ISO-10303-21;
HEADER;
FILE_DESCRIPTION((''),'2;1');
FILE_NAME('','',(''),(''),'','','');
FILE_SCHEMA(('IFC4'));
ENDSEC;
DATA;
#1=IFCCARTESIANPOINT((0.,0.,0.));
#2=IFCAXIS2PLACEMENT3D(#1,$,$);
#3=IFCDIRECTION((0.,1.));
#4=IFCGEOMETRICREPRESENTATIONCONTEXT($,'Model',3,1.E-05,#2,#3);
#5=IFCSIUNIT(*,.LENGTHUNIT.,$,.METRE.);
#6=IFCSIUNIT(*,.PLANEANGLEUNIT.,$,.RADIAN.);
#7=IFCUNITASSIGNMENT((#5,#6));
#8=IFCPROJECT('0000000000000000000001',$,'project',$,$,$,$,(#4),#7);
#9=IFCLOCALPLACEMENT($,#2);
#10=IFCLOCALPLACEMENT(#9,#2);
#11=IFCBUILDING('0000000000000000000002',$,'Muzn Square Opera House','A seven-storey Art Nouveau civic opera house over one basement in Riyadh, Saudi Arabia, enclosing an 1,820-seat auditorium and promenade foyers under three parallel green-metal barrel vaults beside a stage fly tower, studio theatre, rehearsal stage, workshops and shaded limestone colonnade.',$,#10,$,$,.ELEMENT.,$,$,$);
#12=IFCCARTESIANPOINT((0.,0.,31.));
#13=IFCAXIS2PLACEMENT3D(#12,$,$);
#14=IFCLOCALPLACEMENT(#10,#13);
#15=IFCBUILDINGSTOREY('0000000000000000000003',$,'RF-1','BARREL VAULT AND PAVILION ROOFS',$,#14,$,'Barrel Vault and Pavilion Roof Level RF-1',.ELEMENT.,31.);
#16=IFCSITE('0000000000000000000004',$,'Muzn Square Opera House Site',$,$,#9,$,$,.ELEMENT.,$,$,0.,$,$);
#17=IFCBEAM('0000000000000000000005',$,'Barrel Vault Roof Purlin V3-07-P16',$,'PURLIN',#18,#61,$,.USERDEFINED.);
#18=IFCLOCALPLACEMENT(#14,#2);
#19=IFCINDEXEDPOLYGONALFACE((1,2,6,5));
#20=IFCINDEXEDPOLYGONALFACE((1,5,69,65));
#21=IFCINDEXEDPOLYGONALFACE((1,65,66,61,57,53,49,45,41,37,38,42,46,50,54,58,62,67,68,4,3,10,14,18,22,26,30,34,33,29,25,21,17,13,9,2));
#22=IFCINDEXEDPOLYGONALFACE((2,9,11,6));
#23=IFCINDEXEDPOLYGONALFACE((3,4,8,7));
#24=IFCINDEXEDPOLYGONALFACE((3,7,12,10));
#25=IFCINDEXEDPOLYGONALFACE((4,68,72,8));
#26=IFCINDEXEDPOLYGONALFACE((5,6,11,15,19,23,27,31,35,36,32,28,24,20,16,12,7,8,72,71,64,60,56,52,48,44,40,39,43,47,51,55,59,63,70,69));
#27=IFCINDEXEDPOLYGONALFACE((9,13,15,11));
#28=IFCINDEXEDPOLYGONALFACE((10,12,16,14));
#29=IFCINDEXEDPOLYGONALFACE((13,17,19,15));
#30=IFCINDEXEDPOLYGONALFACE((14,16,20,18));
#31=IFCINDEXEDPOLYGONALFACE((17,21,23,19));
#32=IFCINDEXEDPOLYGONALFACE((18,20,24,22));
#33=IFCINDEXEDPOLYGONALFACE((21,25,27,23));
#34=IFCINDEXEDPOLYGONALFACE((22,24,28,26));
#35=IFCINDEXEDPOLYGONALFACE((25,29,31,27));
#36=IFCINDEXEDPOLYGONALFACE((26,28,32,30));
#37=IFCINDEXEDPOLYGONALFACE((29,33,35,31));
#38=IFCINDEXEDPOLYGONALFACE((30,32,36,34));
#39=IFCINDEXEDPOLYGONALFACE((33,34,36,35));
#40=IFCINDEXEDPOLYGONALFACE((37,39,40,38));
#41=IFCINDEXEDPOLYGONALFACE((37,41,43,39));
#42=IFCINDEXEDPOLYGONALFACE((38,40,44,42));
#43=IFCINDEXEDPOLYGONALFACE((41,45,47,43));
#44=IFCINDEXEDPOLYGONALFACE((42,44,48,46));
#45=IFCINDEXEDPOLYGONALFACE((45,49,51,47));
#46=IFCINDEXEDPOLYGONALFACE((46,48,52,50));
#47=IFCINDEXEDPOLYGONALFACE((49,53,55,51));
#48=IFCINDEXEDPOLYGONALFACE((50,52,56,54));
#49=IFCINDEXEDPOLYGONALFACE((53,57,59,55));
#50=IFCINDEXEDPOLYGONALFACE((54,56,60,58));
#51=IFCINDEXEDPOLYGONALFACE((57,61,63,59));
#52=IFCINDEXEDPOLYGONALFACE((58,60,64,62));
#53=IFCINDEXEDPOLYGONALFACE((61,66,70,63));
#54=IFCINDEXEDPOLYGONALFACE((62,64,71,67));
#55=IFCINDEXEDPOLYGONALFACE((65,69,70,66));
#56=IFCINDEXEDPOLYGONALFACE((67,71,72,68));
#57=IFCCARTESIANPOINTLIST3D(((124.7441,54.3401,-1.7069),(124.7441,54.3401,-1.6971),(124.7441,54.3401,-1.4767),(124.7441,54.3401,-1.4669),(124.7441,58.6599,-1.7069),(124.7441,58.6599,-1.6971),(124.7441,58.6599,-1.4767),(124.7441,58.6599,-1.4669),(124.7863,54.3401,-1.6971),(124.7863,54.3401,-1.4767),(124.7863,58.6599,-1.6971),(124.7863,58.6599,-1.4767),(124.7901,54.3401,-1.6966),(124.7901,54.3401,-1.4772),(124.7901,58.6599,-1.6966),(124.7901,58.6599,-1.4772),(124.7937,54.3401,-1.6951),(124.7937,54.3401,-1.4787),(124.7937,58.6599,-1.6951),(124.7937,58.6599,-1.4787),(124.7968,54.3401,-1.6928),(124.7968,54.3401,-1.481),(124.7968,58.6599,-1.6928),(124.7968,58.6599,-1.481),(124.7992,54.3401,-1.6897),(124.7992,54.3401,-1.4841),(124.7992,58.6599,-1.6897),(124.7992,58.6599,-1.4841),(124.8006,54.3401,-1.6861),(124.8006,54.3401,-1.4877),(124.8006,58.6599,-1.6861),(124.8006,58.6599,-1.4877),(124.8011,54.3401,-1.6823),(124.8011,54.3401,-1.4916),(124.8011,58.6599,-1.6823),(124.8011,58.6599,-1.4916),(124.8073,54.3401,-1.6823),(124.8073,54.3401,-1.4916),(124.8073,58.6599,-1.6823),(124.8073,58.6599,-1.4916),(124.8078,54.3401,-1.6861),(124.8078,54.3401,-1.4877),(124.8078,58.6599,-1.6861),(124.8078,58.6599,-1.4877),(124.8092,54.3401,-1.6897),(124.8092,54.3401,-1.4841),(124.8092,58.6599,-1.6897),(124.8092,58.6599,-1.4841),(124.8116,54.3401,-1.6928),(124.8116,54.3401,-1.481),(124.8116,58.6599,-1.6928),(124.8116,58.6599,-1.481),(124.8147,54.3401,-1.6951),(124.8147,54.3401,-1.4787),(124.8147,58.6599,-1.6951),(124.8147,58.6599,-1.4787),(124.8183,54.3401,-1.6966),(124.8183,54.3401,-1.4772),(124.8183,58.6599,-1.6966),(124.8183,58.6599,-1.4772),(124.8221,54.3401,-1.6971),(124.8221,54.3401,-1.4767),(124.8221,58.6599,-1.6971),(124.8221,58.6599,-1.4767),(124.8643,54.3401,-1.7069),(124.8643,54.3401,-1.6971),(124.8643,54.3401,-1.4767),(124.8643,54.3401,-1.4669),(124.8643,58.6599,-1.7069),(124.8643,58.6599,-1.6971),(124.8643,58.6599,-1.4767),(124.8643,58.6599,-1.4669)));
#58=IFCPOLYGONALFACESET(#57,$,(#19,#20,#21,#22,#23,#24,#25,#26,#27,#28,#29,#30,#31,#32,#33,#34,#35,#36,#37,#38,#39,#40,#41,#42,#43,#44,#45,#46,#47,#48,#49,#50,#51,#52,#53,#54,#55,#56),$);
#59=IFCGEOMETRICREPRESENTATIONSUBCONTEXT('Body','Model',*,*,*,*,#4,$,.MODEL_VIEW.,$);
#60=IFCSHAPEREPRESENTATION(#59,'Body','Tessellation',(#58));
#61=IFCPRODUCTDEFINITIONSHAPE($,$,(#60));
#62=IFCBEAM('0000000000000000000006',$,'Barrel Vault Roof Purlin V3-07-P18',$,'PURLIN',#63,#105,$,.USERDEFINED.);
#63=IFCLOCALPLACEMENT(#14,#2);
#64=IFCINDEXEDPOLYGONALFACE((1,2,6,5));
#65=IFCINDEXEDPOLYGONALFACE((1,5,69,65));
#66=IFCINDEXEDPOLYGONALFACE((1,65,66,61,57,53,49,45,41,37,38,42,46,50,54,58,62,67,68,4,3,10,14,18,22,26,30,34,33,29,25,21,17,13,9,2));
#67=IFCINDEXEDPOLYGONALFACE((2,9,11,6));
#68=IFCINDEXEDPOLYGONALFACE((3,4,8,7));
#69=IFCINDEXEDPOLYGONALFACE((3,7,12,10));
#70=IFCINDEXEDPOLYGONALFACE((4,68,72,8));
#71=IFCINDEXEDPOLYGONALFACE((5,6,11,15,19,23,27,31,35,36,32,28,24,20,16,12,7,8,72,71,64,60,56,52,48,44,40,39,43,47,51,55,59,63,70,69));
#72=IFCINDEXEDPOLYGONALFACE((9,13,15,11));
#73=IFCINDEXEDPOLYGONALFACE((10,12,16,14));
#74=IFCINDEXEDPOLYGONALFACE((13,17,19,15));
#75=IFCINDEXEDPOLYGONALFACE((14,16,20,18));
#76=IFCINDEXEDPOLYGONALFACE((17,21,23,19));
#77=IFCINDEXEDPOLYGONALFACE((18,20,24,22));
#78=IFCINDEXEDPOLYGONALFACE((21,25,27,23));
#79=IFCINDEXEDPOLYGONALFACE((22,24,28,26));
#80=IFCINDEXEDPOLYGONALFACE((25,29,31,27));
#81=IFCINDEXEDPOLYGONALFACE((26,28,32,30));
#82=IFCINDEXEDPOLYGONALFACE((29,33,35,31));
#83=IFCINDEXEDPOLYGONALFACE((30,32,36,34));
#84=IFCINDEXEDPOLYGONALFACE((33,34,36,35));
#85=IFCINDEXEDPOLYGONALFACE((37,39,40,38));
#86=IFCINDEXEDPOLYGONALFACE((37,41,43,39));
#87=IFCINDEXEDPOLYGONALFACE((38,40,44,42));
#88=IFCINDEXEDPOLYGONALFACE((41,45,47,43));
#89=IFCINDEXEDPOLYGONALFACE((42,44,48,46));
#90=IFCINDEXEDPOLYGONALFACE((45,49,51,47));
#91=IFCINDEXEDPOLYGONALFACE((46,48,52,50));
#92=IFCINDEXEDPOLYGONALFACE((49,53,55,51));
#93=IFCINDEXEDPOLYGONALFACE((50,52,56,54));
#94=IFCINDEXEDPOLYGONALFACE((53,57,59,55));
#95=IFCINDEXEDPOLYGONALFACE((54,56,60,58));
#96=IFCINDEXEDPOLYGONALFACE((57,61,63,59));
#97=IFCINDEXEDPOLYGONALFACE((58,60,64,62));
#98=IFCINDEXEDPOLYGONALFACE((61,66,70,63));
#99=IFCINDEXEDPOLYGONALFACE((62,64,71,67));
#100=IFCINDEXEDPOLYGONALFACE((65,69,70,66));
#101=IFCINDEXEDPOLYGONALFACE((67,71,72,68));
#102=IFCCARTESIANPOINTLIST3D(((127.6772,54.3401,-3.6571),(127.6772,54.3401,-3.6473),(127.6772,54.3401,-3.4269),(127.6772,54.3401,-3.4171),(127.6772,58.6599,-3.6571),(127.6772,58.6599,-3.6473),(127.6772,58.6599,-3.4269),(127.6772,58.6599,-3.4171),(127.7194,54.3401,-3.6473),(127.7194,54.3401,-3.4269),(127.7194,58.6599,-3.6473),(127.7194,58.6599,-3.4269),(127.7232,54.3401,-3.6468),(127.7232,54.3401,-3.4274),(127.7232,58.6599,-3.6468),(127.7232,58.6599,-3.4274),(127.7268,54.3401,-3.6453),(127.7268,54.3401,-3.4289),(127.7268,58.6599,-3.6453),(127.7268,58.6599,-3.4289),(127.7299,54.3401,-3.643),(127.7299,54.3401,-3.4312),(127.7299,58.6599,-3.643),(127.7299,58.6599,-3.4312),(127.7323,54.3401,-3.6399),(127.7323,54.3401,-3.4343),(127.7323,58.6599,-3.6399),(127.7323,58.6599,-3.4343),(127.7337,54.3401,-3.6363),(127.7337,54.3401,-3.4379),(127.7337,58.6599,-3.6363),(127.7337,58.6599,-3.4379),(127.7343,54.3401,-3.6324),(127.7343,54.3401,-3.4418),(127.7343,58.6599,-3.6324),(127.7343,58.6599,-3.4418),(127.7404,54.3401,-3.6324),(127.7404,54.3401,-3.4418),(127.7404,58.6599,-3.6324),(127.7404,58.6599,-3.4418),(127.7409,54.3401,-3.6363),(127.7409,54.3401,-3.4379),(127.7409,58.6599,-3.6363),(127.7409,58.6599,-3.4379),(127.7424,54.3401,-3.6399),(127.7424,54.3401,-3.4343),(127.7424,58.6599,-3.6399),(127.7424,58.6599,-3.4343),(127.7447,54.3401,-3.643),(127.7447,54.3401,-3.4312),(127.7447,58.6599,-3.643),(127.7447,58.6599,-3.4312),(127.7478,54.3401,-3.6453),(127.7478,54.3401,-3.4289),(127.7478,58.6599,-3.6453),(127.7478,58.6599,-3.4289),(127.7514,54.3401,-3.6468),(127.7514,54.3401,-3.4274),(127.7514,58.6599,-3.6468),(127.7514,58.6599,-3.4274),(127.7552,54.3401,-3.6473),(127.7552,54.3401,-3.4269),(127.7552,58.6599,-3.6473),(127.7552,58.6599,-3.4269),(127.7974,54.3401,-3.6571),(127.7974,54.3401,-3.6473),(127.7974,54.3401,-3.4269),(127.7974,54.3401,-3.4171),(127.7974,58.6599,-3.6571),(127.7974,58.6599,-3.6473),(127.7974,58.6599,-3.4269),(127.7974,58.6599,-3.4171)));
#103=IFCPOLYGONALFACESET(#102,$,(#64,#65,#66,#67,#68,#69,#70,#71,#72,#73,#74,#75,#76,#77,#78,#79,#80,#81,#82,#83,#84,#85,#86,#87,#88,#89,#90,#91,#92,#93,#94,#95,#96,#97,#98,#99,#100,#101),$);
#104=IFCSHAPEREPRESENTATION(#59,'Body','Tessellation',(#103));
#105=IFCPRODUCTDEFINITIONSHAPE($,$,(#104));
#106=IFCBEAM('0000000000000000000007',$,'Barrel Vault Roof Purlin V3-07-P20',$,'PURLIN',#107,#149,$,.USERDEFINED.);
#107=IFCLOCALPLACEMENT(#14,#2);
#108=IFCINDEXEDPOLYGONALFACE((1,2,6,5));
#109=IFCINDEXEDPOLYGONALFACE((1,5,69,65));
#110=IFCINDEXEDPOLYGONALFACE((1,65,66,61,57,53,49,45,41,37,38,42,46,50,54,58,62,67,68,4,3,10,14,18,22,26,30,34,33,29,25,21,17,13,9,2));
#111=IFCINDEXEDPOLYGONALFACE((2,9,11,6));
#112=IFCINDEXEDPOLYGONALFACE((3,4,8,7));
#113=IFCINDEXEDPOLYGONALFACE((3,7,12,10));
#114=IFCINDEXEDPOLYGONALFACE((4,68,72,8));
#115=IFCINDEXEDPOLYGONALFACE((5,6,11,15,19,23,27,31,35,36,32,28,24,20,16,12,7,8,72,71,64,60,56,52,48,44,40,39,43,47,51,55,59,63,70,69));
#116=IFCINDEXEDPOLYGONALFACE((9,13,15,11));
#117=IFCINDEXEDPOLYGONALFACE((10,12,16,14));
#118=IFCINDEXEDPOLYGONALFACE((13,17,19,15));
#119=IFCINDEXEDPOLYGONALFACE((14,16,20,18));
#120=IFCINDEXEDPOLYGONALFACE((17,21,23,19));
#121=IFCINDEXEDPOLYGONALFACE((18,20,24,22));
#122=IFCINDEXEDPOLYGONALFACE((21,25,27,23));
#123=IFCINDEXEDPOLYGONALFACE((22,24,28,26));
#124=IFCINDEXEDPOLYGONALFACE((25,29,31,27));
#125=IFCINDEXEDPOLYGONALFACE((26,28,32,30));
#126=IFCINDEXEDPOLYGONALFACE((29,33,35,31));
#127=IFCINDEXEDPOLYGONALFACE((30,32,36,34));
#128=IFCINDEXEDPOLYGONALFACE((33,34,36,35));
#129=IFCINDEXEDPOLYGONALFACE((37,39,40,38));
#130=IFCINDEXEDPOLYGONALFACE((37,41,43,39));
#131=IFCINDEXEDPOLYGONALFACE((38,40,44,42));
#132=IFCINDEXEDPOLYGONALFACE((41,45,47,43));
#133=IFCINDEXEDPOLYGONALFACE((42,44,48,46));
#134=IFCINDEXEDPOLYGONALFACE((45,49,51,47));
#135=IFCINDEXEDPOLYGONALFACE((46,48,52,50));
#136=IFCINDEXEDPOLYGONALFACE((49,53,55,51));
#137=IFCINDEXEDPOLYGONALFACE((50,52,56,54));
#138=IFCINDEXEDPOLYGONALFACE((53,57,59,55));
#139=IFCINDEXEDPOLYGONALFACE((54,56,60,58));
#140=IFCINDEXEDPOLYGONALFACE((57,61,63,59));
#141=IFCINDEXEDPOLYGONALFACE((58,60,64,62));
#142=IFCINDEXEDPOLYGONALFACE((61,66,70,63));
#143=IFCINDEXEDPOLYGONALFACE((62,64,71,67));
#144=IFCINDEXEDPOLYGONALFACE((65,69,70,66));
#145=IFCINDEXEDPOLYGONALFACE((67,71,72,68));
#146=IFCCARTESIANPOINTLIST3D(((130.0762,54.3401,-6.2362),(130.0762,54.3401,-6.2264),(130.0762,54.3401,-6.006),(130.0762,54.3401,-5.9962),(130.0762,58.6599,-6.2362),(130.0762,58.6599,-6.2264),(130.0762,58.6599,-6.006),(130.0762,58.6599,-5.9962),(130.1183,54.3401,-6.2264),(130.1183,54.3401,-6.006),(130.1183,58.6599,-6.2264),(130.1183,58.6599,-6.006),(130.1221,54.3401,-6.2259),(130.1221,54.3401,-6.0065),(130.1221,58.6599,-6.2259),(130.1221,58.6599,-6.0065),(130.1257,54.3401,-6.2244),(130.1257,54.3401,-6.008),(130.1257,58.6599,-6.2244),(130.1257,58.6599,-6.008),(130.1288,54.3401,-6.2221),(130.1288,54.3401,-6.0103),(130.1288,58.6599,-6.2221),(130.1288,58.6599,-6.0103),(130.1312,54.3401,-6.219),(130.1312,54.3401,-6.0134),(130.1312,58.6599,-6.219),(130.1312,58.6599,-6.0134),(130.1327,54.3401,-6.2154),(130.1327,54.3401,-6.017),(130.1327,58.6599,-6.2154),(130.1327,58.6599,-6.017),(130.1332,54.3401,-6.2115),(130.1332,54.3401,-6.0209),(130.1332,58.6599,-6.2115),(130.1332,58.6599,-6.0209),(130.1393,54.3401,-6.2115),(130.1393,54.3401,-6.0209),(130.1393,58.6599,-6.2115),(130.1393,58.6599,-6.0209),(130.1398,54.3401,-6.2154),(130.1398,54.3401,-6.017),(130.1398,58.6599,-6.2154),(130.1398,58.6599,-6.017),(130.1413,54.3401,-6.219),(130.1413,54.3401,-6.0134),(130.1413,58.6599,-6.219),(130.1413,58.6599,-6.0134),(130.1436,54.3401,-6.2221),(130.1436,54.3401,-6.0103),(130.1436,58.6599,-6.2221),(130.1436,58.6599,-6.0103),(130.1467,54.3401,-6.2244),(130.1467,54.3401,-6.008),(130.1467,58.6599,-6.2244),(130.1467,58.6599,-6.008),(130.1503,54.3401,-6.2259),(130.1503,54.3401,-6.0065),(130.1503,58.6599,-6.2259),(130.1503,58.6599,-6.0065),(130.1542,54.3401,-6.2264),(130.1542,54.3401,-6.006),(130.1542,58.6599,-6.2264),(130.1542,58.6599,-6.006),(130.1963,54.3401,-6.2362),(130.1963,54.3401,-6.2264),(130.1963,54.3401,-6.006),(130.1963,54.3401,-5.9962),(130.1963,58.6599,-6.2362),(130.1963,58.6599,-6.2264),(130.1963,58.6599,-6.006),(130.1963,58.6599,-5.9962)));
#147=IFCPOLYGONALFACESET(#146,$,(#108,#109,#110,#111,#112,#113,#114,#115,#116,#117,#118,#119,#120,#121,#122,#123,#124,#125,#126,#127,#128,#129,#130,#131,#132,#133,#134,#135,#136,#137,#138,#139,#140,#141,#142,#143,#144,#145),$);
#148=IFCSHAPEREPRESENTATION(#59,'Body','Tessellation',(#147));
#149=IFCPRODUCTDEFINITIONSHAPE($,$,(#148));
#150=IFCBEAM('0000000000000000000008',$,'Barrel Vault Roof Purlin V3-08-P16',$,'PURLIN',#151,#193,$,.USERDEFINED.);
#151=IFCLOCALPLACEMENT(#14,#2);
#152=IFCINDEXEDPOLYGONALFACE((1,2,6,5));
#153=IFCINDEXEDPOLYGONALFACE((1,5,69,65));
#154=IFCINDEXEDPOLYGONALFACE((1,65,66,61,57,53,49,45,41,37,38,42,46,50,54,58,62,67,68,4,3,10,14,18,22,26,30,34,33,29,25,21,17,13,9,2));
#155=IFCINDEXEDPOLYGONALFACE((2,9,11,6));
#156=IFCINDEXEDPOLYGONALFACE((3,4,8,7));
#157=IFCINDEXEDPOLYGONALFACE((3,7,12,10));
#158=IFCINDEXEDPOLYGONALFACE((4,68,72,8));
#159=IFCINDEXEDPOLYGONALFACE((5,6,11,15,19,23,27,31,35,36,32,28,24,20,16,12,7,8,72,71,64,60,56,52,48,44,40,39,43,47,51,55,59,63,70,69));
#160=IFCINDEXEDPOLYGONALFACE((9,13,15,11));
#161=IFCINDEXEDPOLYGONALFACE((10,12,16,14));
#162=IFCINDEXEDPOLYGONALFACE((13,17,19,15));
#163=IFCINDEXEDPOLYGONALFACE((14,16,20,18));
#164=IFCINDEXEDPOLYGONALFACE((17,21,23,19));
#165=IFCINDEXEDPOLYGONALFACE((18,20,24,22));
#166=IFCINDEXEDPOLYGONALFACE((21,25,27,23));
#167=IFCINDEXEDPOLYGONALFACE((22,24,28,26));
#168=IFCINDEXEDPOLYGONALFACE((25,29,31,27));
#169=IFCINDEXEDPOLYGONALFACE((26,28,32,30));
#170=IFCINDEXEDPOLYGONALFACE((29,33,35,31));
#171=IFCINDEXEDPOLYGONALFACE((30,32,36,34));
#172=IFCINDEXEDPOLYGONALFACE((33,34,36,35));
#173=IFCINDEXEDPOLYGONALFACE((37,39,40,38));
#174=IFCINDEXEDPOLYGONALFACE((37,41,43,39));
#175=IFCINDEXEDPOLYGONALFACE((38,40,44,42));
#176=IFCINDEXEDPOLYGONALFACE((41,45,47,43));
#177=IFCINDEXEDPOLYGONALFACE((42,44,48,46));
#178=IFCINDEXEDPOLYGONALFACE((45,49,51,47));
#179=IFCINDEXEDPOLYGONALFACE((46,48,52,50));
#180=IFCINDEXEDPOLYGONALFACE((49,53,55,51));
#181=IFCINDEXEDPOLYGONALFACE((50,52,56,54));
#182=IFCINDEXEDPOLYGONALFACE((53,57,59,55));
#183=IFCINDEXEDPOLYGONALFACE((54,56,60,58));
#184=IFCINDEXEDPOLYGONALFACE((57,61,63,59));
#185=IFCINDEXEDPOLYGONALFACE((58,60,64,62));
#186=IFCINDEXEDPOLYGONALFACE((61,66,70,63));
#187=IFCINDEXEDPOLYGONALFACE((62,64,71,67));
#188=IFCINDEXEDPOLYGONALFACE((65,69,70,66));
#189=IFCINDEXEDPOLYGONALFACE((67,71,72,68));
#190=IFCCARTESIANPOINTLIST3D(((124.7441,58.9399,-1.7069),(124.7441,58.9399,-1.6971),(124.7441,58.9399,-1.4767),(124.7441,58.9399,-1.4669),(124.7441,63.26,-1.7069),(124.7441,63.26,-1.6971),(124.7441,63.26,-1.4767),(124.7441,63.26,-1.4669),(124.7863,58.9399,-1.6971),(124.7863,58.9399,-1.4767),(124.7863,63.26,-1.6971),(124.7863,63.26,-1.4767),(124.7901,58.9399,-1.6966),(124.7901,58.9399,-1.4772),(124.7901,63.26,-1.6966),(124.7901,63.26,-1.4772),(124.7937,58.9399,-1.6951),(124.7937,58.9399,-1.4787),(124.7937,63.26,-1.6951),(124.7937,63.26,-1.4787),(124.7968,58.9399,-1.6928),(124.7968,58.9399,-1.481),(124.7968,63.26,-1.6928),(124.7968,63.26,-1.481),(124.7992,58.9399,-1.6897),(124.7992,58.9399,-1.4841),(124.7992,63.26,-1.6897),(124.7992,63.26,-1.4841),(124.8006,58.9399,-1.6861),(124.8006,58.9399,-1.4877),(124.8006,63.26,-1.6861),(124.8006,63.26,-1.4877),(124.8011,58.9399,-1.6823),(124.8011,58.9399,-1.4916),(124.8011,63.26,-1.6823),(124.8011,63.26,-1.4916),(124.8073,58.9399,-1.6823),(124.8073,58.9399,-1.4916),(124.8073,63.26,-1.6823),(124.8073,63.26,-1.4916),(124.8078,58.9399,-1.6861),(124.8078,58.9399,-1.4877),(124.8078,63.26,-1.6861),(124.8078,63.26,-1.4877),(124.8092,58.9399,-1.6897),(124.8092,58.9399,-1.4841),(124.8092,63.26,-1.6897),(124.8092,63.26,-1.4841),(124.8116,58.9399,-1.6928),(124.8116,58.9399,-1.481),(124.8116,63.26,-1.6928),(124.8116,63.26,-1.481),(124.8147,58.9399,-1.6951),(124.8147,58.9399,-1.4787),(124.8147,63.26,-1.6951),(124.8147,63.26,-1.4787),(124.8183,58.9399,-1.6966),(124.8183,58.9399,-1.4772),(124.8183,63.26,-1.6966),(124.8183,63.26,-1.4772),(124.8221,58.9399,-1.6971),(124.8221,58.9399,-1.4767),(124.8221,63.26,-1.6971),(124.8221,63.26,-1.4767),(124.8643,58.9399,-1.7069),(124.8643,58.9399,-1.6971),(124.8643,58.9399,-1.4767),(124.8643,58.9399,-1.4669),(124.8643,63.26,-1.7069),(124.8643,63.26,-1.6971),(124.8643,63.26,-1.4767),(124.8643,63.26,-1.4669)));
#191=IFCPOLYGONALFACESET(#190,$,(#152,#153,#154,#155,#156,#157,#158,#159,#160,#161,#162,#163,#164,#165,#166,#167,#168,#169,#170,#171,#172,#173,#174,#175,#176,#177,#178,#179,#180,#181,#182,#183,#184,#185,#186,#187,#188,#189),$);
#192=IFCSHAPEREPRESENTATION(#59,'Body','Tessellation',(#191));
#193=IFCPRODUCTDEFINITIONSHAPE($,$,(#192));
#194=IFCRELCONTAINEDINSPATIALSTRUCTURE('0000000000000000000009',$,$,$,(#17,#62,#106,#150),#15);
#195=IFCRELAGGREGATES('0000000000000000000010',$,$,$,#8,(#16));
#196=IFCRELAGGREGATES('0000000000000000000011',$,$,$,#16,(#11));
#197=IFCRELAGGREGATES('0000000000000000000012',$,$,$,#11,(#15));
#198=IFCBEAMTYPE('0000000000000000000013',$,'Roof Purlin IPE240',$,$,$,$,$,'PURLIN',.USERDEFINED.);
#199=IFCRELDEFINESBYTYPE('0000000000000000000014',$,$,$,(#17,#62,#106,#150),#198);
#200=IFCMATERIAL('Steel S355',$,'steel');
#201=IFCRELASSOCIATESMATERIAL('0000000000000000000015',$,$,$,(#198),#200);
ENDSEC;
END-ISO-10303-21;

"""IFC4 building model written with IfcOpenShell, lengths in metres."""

from ifc_helpers import new_model, si_unit, direction, frame, origin, origin_2d, place, context, subcontext, project, spatial, i_section, extrude, material, material_profile, profile_set, type_object, element, save


model = new_model("IFC4")

# Units and contexts
model_context = context("Model", 3, precision=1e-05, world=origin(), true_north=direction((0.0, 1.0)))
body_context = subcontext(model_context, "Body", "Model", "MODEL_VIEW")
ifc_project = project(units=[si_unit("LENGTHUNIT", "METRE"), si_unit("PLANEANGLEUNIT", "RADIAN")], contexts=[model_context])

# Site, building, storey
site_placement = place(None, origin())
site = spatial("IfcSite", under=ifc_project, at=site_placement, Name="Muzn Square Opera House Site", CompositionType="ELEMENT", RefElevation=0.0)
building_placement = place(site_placement, origin())
building = spatial("IfcBuilding", under=site, at=building_placement, Name="Muzn Square Opera House", Description="A seven-storey Art Nouveau civic opera house over one basement in Riyadh, Saudi Arabia, enclosing an 1,820-seat auditorium and promenade foyers under three parallel green-metal barrel vaults beside a stage fly tower, studio theatre, rehearsal stage, workshops and shaded limestone colonnade.", CompositionType="ELEMENT")
storey_placement = place(building_placement, frame((0.0, 0.0, 31.0)))
storey = spatial("IfcBuildingStorey", under=building, at=storey_placement, Name="RF-1", Description="BARREL VAULT AND PAVILION ROOFS", LongName="Barrel Vault and Pavilion Roof Level RF-1", CompositionType="ELEMENT", Elevation=31.0)

# Beams
ifc_material_1 = material(Name="Steel S355", Category="steel")
ifc_material_profile_1 = material_profile(ifc_material_1, i_section(OverallWidth=0.1201, OverallDepth=0.24, WebThickness=0.0061, FlangeThickness=0.0098, FilletRadius=0.0149, at=origin_2d()), Name="IPE 240", Category="steel")
ifc_profile_set_1 = profile_set([ifc_material_profile_1], Name="Steel S355")
beam_type_1 = type_object("IfcBeamType", Name="Roof Purlin IPE240", ElementType="PURLIN", PredefinedType="USERDEFINED", material=ifc_profile_set_1)
for number, where, z_axis, x_axis, name in (
    (1, (124.8042, 54.3401, -1.5869), (0.0, 1.0, 0.0), (-1.0, 0.0, 0.0), "Barrel Vault Roof Purlin V3-07-P16"),
    (2, (127.7373, 54.3401, -3.5371), (0.0, 1.0, 0.0), (-1.0, 0.0, 0.0), "Barrel Vault Roof Purlin V3-07-P18"),
    (3, (130.1362, 54.3401, -6.1162), (0.0, 1.0, 0.0), (-1.0, 0.0, 0.0), "Barrel Vault Roof Purlin V3-07-P20"),
):
    element("IfcBeam", number, at=place(storey_placement, frame(where, z_axis=z_axis, x_axis=x_axis)), inside=storey, type_object=beam_type_1, Name=name, ObjectType="PURLIN", PredefinedType="USERDEFINED", context=body_context, shape_type="SweptSolid", body=[
        extrude(i_section(OverallWidth=0.1201, OverallDepth=0.24, WebThickness=0.0061, FlangeThickness=0.0098, FilletRadius=0.0149, at=origin_2d()), origin(), (0.0, 0.0, 1.0), 4.3198),
    ])
for number, where, z_axis, x_axis, name in (
    (4, (124.8042, 58.9399, -1.5869), (0.0, 1.0, 0.0), (-1.0, 0.0, 0.0), "Barrel Vault Roof Purlin V3-08-P16"),
):
    element("IfcBeam", number, at=place(storey_placement, frame(where, z_axis=z_axis, x_axis=x_axis)), inside=storey, type_object=beam_type_1, Name=name, ObjectType="PURLIN", PredefinedType="USERDEFINED", context=body_context, shape_type="SweptSolid", body=[
        extrude(i_section(OverallWidth=0.1201, OverallDepth=0.24, WebThickness=0.0061, FlangeThickness=0.0098, FilletRadius=0.0149, at=origin_2d()), origin(), (0.0, 0.0, 1.0), 4.3201),
    ])

save(model, "model.ifc")
